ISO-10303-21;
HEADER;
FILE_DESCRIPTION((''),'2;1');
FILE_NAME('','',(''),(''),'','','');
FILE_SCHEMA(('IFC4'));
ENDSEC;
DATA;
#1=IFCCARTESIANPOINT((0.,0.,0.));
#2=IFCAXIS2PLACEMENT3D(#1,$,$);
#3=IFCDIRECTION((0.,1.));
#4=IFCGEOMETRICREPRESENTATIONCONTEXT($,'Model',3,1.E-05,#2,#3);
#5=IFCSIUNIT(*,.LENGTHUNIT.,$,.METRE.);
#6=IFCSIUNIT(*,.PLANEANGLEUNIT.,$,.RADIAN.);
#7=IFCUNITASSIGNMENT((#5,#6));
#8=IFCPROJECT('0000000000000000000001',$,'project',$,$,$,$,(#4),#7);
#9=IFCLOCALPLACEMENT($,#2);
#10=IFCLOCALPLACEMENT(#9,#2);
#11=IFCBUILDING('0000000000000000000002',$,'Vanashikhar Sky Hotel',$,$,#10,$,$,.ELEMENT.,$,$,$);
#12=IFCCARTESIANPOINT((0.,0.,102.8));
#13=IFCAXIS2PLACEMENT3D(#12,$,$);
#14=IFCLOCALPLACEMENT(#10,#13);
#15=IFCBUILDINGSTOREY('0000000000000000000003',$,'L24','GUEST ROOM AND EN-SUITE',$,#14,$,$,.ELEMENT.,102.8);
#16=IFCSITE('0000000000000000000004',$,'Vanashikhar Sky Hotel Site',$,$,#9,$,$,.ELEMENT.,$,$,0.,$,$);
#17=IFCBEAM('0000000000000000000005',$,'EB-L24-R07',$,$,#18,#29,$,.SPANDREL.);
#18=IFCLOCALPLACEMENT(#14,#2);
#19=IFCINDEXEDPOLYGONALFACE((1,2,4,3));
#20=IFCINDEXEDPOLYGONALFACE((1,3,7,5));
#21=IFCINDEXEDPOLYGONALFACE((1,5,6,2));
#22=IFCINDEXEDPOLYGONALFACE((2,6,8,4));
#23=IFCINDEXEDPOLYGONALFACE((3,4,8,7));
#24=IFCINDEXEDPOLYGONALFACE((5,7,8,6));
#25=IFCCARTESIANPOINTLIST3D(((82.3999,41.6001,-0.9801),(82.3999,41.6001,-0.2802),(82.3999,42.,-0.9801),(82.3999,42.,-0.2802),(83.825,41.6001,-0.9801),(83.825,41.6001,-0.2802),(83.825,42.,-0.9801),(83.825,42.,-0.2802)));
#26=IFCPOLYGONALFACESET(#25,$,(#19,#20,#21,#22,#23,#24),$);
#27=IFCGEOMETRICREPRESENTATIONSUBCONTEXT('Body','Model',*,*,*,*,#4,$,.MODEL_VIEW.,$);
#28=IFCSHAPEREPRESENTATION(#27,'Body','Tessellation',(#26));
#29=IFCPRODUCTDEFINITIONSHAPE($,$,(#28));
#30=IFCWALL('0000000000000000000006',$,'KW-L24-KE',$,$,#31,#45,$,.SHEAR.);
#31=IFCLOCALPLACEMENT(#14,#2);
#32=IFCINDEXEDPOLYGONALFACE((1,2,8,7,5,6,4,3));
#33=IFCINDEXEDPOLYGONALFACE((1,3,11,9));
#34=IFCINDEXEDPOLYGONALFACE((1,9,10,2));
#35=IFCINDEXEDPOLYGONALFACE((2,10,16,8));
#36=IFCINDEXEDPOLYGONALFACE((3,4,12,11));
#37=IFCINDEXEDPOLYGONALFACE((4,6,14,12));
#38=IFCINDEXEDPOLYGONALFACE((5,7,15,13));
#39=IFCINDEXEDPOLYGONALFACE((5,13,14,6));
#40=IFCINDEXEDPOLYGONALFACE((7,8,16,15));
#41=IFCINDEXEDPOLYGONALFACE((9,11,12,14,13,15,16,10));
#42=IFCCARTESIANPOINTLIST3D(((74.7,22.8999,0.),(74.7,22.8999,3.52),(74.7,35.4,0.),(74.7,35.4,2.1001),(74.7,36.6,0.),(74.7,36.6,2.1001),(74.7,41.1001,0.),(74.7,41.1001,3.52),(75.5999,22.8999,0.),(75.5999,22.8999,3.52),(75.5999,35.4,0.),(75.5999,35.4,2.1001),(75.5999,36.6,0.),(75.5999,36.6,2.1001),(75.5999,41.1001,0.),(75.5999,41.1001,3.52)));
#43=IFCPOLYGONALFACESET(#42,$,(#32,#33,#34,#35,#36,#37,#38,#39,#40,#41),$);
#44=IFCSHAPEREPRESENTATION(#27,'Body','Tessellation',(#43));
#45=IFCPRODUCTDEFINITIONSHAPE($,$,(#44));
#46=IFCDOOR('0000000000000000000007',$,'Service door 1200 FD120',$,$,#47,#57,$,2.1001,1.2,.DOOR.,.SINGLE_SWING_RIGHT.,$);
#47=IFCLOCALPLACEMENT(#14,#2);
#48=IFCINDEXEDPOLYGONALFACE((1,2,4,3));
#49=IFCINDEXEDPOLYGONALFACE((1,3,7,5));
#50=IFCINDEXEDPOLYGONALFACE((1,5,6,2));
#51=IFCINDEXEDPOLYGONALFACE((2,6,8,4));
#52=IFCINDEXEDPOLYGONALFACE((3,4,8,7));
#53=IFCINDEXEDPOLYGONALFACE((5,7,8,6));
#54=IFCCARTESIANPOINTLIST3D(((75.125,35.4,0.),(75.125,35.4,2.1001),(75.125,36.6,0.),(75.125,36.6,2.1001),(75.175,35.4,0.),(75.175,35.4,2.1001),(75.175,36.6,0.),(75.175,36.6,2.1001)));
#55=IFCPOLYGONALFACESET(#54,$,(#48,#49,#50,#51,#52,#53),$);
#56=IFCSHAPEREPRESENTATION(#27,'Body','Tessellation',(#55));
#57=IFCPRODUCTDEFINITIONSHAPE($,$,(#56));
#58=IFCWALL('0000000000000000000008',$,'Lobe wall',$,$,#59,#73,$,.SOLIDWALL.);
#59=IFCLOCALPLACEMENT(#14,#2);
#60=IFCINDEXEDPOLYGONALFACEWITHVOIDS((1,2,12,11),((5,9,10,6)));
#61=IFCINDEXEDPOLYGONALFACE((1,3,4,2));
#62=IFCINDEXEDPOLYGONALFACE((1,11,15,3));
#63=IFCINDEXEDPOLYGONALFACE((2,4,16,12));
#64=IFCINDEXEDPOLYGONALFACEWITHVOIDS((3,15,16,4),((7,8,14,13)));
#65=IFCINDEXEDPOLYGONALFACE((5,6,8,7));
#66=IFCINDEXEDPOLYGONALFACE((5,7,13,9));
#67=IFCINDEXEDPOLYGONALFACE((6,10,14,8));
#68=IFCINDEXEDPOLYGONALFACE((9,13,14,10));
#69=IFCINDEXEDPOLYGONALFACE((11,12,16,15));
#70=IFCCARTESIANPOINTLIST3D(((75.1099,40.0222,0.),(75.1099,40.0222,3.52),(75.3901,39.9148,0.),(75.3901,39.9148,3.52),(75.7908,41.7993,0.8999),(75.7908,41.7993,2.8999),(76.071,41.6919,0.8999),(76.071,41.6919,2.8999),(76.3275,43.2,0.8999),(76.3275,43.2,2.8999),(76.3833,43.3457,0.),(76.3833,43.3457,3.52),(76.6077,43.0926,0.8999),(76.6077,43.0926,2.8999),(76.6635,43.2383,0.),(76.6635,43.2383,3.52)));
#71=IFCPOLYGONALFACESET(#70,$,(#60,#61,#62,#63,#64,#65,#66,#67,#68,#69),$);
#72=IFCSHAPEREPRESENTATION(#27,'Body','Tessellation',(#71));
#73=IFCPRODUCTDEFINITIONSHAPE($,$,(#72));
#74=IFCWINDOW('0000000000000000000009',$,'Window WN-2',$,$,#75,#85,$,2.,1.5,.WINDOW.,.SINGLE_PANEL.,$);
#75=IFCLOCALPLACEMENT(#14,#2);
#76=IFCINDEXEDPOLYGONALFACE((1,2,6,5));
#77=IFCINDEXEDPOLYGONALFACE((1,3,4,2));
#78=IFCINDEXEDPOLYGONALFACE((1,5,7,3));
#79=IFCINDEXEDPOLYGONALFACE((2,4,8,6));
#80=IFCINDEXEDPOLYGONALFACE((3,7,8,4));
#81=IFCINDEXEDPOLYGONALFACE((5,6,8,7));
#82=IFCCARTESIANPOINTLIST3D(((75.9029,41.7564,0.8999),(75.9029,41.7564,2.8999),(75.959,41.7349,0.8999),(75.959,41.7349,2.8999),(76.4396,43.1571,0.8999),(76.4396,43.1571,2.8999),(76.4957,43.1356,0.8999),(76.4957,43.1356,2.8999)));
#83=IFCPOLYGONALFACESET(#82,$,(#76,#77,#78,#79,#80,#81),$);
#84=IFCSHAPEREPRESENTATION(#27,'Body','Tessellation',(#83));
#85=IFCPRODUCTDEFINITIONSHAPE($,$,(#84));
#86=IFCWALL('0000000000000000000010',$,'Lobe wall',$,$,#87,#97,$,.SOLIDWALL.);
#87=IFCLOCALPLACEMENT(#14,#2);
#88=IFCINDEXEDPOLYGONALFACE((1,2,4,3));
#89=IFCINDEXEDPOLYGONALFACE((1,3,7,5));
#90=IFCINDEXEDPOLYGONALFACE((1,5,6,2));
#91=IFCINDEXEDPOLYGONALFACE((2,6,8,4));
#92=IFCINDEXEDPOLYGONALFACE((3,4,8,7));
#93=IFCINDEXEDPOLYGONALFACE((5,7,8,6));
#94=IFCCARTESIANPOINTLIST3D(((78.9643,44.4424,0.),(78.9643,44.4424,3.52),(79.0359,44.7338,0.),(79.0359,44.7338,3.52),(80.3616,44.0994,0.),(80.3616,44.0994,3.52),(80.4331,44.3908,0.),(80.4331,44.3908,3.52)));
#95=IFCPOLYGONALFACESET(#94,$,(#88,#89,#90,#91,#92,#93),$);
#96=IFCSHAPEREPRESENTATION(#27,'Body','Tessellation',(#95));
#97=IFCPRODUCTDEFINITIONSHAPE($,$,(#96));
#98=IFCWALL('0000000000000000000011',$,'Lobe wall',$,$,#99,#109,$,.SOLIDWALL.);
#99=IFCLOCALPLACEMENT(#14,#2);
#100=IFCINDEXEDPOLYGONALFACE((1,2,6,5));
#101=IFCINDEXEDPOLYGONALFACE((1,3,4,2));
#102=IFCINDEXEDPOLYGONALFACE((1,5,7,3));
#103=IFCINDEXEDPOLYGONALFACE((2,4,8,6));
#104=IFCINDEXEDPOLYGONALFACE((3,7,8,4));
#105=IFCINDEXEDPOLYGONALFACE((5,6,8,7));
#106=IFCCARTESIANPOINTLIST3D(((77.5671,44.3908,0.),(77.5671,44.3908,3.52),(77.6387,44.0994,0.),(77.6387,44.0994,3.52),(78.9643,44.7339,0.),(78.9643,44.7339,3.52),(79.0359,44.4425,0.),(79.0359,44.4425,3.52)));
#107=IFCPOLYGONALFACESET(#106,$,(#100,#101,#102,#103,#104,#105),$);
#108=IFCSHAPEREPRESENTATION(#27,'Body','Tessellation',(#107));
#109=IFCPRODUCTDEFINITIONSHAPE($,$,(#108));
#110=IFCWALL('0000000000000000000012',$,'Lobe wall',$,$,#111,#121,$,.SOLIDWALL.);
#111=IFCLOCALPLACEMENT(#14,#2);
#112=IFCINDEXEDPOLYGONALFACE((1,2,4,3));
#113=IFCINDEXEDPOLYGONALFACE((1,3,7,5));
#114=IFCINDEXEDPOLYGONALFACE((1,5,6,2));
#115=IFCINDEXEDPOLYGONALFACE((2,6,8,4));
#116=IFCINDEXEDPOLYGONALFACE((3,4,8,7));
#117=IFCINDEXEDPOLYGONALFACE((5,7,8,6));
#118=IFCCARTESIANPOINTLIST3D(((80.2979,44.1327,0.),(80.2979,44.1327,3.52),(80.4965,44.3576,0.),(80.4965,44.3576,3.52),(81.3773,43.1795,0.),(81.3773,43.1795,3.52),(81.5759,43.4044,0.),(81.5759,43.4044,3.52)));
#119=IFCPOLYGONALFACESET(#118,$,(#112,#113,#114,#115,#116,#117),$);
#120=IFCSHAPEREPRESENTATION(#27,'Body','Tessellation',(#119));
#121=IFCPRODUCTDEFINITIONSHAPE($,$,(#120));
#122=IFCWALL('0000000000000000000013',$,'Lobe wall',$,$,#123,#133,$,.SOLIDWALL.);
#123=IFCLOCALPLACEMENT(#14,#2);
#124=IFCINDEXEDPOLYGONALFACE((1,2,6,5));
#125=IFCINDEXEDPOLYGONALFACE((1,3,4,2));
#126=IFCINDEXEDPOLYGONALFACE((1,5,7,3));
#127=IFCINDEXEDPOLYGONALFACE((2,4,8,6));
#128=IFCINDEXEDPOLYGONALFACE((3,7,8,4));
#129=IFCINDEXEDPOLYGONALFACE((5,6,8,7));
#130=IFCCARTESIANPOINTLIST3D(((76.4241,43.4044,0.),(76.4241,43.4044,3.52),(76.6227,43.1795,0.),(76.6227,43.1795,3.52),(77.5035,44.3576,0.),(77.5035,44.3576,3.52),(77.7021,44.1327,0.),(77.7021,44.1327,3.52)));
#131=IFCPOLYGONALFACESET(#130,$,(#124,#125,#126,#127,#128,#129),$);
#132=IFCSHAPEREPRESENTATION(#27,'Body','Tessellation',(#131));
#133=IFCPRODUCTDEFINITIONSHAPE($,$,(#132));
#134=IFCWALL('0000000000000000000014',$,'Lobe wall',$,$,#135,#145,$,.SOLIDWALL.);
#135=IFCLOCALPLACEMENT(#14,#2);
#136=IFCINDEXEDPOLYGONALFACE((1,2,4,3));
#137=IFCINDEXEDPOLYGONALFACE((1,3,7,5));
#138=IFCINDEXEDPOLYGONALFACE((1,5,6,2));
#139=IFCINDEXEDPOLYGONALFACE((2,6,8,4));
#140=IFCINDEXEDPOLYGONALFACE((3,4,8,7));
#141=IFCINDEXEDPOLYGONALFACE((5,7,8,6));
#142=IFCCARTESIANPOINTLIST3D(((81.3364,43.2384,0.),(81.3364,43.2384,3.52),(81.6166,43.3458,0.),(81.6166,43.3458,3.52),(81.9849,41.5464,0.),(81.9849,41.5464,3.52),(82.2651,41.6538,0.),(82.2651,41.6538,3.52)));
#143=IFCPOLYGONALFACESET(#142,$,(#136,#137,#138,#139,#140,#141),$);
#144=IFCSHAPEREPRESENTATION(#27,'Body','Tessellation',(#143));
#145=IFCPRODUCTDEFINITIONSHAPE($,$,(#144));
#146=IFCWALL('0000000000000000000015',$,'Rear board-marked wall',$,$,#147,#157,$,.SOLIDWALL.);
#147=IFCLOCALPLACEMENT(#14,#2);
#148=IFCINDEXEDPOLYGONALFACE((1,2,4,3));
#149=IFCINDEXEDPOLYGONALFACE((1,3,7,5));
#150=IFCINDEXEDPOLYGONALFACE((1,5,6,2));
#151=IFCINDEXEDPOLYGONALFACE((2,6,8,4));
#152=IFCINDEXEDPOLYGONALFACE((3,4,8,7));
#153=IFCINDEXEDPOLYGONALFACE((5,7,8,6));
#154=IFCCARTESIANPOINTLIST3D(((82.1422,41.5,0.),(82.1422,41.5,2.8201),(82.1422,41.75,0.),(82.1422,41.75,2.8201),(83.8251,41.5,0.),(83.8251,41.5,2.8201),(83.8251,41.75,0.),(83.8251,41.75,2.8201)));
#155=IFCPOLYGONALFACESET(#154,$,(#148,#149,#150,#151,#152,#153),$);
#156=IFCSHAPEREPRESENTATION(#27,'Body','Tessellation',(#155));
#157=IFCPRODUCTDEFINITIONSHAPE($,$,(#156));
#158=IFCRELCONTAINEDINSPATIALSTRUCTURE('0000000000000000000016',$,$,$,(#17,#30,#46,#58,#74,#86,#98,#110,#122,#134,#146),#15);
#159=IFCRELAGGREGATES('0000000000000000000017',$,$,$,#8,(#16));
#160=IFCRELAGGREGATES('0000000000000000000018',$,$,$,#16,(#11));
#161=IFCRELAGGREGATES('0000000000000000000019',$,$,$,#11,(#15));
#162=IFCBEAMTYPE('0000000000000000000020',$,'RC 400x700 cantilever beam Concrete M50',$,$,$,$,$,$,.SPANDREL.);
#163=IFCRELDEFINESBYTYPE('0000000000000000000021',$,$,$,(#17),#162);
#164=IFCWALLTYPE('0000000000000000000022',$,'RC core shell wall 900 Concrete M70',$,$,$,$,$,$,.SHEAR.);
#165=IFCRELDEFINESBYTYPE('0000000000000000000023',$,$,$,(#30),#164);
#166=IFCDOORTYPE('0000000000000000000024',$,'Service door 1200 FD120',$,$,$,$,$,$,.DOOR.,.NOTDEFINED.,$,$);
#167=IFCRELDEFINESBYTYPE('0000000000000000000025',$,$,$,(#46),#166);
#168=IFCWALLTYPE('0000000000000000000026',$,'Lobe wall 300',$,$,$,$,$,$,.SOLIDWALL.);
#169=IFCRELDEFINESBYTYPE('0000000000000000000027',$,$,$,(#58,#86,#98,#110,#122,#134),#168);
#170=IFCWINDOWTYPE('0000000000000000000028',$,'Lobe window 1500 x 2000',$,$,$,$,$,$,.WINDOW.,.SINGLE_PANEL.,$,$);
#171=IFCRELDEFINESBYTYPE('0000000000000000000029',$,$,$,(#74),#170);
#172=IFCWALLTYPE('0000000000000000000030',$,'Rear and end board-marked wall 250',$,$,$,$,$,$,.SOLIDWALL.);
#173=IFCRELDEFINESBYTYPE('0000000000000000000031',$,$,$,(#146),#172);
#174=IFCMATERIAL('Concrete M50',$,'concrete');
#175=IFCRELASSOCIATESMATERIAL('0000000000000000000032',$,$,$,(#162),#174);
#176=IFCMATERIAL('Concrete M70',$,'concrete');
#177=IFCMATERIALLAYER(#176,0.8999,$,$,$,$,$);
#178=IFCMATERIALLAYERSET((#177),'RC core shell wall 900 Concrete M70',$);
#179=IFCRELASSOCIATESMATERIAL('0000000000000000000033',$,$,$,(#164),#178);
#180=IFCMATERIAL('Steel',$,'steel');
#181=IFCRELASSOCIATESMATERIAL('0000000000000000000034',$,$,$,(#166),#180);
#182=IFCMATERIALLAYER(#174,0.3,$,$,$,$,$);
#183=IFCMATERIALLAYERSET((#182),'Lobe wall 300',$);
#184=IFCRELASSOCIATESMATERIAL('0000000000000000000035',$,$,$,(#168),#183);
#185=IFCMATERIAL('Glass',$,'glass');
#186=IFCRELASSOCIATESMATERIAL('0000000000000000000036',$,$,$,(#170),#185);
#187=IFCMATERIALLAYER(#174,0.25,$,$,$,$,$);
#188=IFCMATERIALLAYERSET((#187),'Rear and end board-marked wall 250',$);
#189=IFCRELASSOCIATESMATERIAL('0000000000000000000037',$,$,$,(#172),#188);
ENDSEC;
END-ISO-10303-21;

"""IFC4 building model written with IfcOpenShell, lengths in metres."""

from ifc_helpers import new_model, si_unit, direction, frame, frame_2d, origin, origin_2d, place, context, subcontext, project, spatial, rectangle, extrude, source, transform, mapped, material, layer, layer_set, material_profile, profile_set, type_object, element, fill, save


model = new_model("IFC4")

# Units and contexts
model_context = context("Model", 3, precision=1e-05, world=origin(), true_north=direction((0.0, 1.0)))
body_context = subcontext(model_context, "Body", "Model", "MODEL_VIEW")
ifc_project = project(units=[si_unit("LENGTHUNIT", "METRE"), si_unit("PLANEANGLEUNIT", "RADIAN")], contexts=[model_context])

# Site, building, storey
site_placement = place(None, origin())
site = spatial("IfcSite", under=ifc_project, at=site_placement, Name="Vanashikhar Sky Hotel Site", CompositionType="ELEMENT", RefElevation=0.0)
building_placement = place(site_placement, origin())
building = spatial("IfcBuilding", under=site, at=building_placement, Name="Vanashikhar Sky Hotel", CompositionType="ELEMENT")
storey_placement = place(building_placement, frame((0.0, 0.0, 102.8)))
storey = spatial("IfcBuildingStorey", under=building, at=storey_placement, Name="L24", Description="GUEST ROOM AND EN-SUITE", CompositionType="ELEMENT", Elevation=102.8)

# Beam
ifc_material_1 = material(Name="Concrete M50", Category="concrete")
ifc_material_profile_1 = material_profile(ifc_material_1, rectangle(XDim=0.3999, YDim=0.7, at=origin_2d()))
ifc_profile_set_1 = profile_set([ifc_material_profile_1], Name="RC 400x700 cantilever beam Concrete M50")
beam_type = type_object("IfcBeamType", Name="RC 400x700 cantilever beam Concrete M50", PredefinedType="SPANDREL", material=ifc_profile_set_1)
shared_shape_1 = source(origin(), body_context, "Body", "SweptSolid", [
    extrude(rectangle(XDim=0.3999, YDim=0.7, at=origin_2d()), origin(), (0.0, 0.0, 1.0), 1.425),
])
beam_placement = place(storey_placement, frame((82.3999, 41.8, -0.6301), z_axis=(1.0, 0.0, 0.0), x_axis=(0.0, 1.0, 0.0)))
element("IfcBeam", 1, at=beam_placement, inside=storey, type_object=beam_type, Name="EB-L24-R07", PredefinedType="SPANDREL", context=body_context, shape_type="MappedRepresentation", body=[
    mapped(shared_shape_1, transform((0.0, 0.0, 0.0), scale=1.0)),
])

# Wall, opening, door
ifc_material_2 = material(Name="Concrete M70", Category="concrete")
ifc_layer_1 = layer(ifc_material_2, 0.8999)
ifc_layer_set_1 = layer_set([ifc_layer_1], Name="RC core shell wall 900 Concrete M70")
wall_type_1 = type_object("IfcWallType", Name="RC core shell wall 900 Concrete M70", PredefinedType="SHEAR", material=ifc_layer_set_1)
shared_shape_2 = source(origin(), body_context, "Body", "SweptSolid", [
    extrude(rectangle(XDim=18.2002, YDim=0.8999, at=frame_2d((9.1001, 0.0))), origin(), (0.0, 0.0, 1.0), 3.52),
])
wall_1_placement = place(storey_placement, frame((75.1499, 22.8999, 0.0), z_axis=(0.0, 0.0, 1.0), x_axis=(0.0, 1.0, 0.0)))
wall_1 = element("IfcWall", 2, at=wall_1_placement, inside=storey, type_object=wall_type_1, Name="KW-L24-KE", PredefinedType="SHEAR", context=body_context, shape_type="MappedRepresentation", body=[
    mapped(shared_shape_2, transform((0.0, 0.0, 0.0), scale=1.0)),
])
shared_shape_3 = source(origin(), body_context, "Body", "SweptSolid", [
    extrude(rectangle(XDim=1.2, YDim=2.1001, at=frame_2d((0.6001, 1.05))), frame((0.0, 0.46, 0.0), z_axis=(0.0, -1.0, 0.0), x_axis=(1.0, 0.0, 0.0)), (0.0, 0.0, 1.0), 0.9199),
])
opening_1_placement = place(wall_1_placement, frame((12.5, 0.0, 0.0)))
opening_1 = element("IfcOpeningElement", 3, at=opening_1_placement, cuts=wall_1, PredefinedType="OPENING", context=body_context, shape_type="MappedRepresentation", body=[
    mapped(shared_shape_3, transform((0.0, 0.0, 0.0), scale=1.0)),
])
ifc_material_3 = material(Name="Steel", Category="steel")
door_type_1 = type_object("IfcDoorType", Name="Service door 1200 FD120", OperationType="NOTDEFINED", PredefinedType="DOOR", material=ifc_material_3)
shared_shape_4 = source(origin(), body_context, "Body", "SweptSolid", [
    extrude(rectangle(XDim=1.2, YDim=2.1001, at=frame_2d((0.6001, 1.05))), frame((0.0, 0.0249, 0.0), z_axis=(0.0, -1.0, 0.0), x_axis=(1.0, 0.0, 0.0)), (0.0, 0.0, 1.0), 0.05),
])
door_1_placement = place(opening_1_placement, origin())
door_1 = element("IfcDoor", 4, at=door_1_placement, inside=storey, type_object=door_type_1, Name="Service door 1200 FD120", OperationType="SINGLE_SWING_RIGHT", OverallHeight=2.1001, OverallWidth=1.2, PredefinedType="DOOR", context=body_context, shape_type="MappedRepresentation", body=[
    mapped(shared_shape_4, transform((0.0, 0.0, 0.0), scale=1.0)),
])
fill(opening_1, door_1)

# Wall, opening, window
ifc_layer_2 = layer(ifc_material_1, 0.3)
ifc_layer_set_2 = layer_set([ifc_layer_2], Name="Lobe wall 300")
wall_type_2 = type_object("IfcWallType", Name="Lobe wall 300", PredefinedType="SOLIDWALL", material=ifc_layer_set_2)
shared_shape_5 = source(origin(), body_context, "Body", "SweptSolid", [
    extrude(rectangle(XDim=3.5591, YDim=0.3, at=frame_2d((1.7795, 0.0))), origin(), (0.0, 0.0, 1.0), 3.52),
])
wall_2_placement = place(storey_placement, frame((76.5234, 43.292, 0.0), z_axis=(0.0, 0.0, 1.0), x_axis=(-0.357797, -0.933799, 0.0)))
wall_2 = element("IfcWall", 5, at=wall_2_placement, inside=storey, type_object=wall_type_2, Name="Lobe wall", PredefinedType="SOLIDWALL", context=body_context, shape_type="MappedRepresentation", body=[
    mapped(shared_shape_5, transform((0.0, 0.0, 0.0), scale=1.0)),
])
shared_shape_6 = source(origin(), body_context, "Body", "SweptSolid", [
    extrude(rectangle(XDim=1.5, YDim=2.0, at=frame_2d((0.75, 1.0))), frame((0.0, 0.1602, 0.0), z_axis=(0.0, -1.0, 0.0), x_axis=(1.0, 0.0, 0.0)), (0.0, 0.0, 1.0), 0.3201),
])
opening_2_placement = place(wall_2_placement, frame((0.156, 0.0, 0.8999)))
opening_2 = element("IfcOpeningElement", 6, at=opening_2_placement, cuts=wall_2, PredefinedType="OPENING", context=body_context, shape_type="MappedRepresentation", body=[
    mapped(shared_shape_6, transform((0.0, 0.0, 0.0), scale=1.0)),
])
ifc_material_4 = material(Name="Glass", Category="glass")
window_type = type_object("IfcWindowType", Name="Lobe window 1500 x 2000", PartitioningType="SINGLE_PANEL", PredefinedType="WINDOW", material=ifc_material_4)
shared_shape_7 = source(origin(), body_context, "Body", "SweptSolid", [
    extrude(rectangle(XDim=1.5, YDim=2.0, at=frame_2d((0.75, 1.0))), frame((0.0, 0.03, 0.0), z_axis=(0.0, -1.0, 0.0), x_axis=(1.0, 0.0, 0.0)), (0.0, 0.0, 1.0), 0.0601),
])
window_placement = place(opening_2_placement, origin())
window = element("IfcWindow", 7, at=window_placement, inside=storey, type_object=window_type, Name="Window WN-2", OverallHeight=2.0, OverallWidth=1.5, PartitioningType="SINGLE_PANEL", PredefinedType="WINDOW", context=body_context, shape_type="MappedRepresentation", body=[
    mapped(shared_shape_7, transform((0.0, 0.0, 0.0), scale=1.0)),
])
fill(opening_2, window)

# Walls
shared_shape_8 = source(origin(), body_context, "Body", "SweptSolid", [
    extrude(rectangle(XDim=1.4387, YDim=0.3, at=frame_2d((0.7192, 0.0))), origin(), (0.0, 0.0, 1.0), 3.52),
])
for number, where, z_axis, x_axis, name in (
    (8, (80.3972, 44.2451, 0.0), (0.0, 0.0, 1.0), (-0.971162, 0.238421, 0.0), "Lobe wall"),
    (9, (79.0, 44.5881, 0.0), (0.0, 0.0, 1.0), (-0.971162, -0.238421, 0.0), "Lobe wall"),
):
    element("IfcWall", number, at=place(storey_placement, frame(where, z_axis=z_axis, x_axis=x_axis)), inside=storey, type_object=wall_type_2, Name=name, PredefinedType="SOLIDWALL", context=body_context, shape_type="MappedRepresentation", body=[
        mapped(shared_shape_8, transform((0.0, 0.0, 0.0), scale=1.0)),
    ])
shared_shape_9 = source(origin(), body_context, "Body", "SweptSolid", [
    extrude(rectangle(XDim=1.4399, YDim=0.3, at=frame_2d((0.72, 0.0))), origin(), (0.0, 0.0, 1.0), 3.52),
])
for number, where, z_axis, x_axis, name in (
    (10, (81.4766, 43.292, 0.0), (0.0, 0.0, 1.0), (-0.749576, 0.661919, 0.0), "Lobe wall"),
    (11, (77.6028, 44.2451, 0.0), (0.0, 0.0, 1.0), (-0.749576, -0.661919, 0.0), "Lobe wall"),
):
    element("IfcWall", number, at=place(storey_placement, frame(where, z_axis=z_axis, x_axis=x_axis)), inside=storey, type_object=wall_type_2, Name=name, PredefinedType="SOLIDWALL", context=body_context, shape_type="MappedRepresentation", body=[
        mapped(shared_shape_9, transform((0.0, 0.0, 0.0), scale=1.0)),
    ])
shared_shape_10 = source(origin(), body_context, "Body", "SweptSolid", [
    extrude(rectangle(XDim=1.812, YDim=0.3, at=frame_2d((0.906, 0.0))), origin(), (0.0, 0.0, 1.0), 3.52),
])
wall_3_placement = place(storey_placement, frame((82.125, 41.6001, 0.0), z_axis=(0.0, 0.0, 1.0), x_axis=(-0.357877, 0.933769, 0.0)))
element("IfcWall", 12, at=wall_3_placement, inside=storey, type_object=wall_type_2, Name="Lobe wall", PredefinedType="SOLIDWALL", context=body_context, shape_type="MappedRepresentation", body=[
    mapped(shared_shape_10, transform((0.0, 0.0, 0.0), scale=1.0)),
])
ifc_layer_3 = layer(ifc_material_1, 0.25)
ifc_layer_set_3 = layer_set([ifc_layer_3], Name="Rear and end board-marked wall 250")
wall_type_3 = type_object("IfcWallType", Name="Rear and end board-marked wall 250", PredefinedType="SOLIDWALL", material=ifc_layer_set_3)
shared_shape_11 = source(origin(), body_context, "Body", "SweptSolid", [
    extrude(rectangle(XDim=1.6829, YDim=0.25, at=frame_2d((0.8413, 0.0))), origin(), (0.0, 0.0, 1.0), 2.8201),
])
wall_4_placement = place(storey_placement, frame((83.825, 41.625, 0.0), z_axis=(0.0, 0.0, 1.0), x_axis=(-1.0, 0.0, 0.0)))
element("IfcWall", 13, at=wall_4_placement, inside=storey, type_object=wall_type_3, Name="Rear board-marked wall", PredefinedType="SOLIDWALL", context=body_context, shape_type="MappedRepresentation", body=[
    mapped(shared_shape_11, transform((0.0, 0.0, 0.0), scale=1.0)),
])

save(model, "model.ifc")
